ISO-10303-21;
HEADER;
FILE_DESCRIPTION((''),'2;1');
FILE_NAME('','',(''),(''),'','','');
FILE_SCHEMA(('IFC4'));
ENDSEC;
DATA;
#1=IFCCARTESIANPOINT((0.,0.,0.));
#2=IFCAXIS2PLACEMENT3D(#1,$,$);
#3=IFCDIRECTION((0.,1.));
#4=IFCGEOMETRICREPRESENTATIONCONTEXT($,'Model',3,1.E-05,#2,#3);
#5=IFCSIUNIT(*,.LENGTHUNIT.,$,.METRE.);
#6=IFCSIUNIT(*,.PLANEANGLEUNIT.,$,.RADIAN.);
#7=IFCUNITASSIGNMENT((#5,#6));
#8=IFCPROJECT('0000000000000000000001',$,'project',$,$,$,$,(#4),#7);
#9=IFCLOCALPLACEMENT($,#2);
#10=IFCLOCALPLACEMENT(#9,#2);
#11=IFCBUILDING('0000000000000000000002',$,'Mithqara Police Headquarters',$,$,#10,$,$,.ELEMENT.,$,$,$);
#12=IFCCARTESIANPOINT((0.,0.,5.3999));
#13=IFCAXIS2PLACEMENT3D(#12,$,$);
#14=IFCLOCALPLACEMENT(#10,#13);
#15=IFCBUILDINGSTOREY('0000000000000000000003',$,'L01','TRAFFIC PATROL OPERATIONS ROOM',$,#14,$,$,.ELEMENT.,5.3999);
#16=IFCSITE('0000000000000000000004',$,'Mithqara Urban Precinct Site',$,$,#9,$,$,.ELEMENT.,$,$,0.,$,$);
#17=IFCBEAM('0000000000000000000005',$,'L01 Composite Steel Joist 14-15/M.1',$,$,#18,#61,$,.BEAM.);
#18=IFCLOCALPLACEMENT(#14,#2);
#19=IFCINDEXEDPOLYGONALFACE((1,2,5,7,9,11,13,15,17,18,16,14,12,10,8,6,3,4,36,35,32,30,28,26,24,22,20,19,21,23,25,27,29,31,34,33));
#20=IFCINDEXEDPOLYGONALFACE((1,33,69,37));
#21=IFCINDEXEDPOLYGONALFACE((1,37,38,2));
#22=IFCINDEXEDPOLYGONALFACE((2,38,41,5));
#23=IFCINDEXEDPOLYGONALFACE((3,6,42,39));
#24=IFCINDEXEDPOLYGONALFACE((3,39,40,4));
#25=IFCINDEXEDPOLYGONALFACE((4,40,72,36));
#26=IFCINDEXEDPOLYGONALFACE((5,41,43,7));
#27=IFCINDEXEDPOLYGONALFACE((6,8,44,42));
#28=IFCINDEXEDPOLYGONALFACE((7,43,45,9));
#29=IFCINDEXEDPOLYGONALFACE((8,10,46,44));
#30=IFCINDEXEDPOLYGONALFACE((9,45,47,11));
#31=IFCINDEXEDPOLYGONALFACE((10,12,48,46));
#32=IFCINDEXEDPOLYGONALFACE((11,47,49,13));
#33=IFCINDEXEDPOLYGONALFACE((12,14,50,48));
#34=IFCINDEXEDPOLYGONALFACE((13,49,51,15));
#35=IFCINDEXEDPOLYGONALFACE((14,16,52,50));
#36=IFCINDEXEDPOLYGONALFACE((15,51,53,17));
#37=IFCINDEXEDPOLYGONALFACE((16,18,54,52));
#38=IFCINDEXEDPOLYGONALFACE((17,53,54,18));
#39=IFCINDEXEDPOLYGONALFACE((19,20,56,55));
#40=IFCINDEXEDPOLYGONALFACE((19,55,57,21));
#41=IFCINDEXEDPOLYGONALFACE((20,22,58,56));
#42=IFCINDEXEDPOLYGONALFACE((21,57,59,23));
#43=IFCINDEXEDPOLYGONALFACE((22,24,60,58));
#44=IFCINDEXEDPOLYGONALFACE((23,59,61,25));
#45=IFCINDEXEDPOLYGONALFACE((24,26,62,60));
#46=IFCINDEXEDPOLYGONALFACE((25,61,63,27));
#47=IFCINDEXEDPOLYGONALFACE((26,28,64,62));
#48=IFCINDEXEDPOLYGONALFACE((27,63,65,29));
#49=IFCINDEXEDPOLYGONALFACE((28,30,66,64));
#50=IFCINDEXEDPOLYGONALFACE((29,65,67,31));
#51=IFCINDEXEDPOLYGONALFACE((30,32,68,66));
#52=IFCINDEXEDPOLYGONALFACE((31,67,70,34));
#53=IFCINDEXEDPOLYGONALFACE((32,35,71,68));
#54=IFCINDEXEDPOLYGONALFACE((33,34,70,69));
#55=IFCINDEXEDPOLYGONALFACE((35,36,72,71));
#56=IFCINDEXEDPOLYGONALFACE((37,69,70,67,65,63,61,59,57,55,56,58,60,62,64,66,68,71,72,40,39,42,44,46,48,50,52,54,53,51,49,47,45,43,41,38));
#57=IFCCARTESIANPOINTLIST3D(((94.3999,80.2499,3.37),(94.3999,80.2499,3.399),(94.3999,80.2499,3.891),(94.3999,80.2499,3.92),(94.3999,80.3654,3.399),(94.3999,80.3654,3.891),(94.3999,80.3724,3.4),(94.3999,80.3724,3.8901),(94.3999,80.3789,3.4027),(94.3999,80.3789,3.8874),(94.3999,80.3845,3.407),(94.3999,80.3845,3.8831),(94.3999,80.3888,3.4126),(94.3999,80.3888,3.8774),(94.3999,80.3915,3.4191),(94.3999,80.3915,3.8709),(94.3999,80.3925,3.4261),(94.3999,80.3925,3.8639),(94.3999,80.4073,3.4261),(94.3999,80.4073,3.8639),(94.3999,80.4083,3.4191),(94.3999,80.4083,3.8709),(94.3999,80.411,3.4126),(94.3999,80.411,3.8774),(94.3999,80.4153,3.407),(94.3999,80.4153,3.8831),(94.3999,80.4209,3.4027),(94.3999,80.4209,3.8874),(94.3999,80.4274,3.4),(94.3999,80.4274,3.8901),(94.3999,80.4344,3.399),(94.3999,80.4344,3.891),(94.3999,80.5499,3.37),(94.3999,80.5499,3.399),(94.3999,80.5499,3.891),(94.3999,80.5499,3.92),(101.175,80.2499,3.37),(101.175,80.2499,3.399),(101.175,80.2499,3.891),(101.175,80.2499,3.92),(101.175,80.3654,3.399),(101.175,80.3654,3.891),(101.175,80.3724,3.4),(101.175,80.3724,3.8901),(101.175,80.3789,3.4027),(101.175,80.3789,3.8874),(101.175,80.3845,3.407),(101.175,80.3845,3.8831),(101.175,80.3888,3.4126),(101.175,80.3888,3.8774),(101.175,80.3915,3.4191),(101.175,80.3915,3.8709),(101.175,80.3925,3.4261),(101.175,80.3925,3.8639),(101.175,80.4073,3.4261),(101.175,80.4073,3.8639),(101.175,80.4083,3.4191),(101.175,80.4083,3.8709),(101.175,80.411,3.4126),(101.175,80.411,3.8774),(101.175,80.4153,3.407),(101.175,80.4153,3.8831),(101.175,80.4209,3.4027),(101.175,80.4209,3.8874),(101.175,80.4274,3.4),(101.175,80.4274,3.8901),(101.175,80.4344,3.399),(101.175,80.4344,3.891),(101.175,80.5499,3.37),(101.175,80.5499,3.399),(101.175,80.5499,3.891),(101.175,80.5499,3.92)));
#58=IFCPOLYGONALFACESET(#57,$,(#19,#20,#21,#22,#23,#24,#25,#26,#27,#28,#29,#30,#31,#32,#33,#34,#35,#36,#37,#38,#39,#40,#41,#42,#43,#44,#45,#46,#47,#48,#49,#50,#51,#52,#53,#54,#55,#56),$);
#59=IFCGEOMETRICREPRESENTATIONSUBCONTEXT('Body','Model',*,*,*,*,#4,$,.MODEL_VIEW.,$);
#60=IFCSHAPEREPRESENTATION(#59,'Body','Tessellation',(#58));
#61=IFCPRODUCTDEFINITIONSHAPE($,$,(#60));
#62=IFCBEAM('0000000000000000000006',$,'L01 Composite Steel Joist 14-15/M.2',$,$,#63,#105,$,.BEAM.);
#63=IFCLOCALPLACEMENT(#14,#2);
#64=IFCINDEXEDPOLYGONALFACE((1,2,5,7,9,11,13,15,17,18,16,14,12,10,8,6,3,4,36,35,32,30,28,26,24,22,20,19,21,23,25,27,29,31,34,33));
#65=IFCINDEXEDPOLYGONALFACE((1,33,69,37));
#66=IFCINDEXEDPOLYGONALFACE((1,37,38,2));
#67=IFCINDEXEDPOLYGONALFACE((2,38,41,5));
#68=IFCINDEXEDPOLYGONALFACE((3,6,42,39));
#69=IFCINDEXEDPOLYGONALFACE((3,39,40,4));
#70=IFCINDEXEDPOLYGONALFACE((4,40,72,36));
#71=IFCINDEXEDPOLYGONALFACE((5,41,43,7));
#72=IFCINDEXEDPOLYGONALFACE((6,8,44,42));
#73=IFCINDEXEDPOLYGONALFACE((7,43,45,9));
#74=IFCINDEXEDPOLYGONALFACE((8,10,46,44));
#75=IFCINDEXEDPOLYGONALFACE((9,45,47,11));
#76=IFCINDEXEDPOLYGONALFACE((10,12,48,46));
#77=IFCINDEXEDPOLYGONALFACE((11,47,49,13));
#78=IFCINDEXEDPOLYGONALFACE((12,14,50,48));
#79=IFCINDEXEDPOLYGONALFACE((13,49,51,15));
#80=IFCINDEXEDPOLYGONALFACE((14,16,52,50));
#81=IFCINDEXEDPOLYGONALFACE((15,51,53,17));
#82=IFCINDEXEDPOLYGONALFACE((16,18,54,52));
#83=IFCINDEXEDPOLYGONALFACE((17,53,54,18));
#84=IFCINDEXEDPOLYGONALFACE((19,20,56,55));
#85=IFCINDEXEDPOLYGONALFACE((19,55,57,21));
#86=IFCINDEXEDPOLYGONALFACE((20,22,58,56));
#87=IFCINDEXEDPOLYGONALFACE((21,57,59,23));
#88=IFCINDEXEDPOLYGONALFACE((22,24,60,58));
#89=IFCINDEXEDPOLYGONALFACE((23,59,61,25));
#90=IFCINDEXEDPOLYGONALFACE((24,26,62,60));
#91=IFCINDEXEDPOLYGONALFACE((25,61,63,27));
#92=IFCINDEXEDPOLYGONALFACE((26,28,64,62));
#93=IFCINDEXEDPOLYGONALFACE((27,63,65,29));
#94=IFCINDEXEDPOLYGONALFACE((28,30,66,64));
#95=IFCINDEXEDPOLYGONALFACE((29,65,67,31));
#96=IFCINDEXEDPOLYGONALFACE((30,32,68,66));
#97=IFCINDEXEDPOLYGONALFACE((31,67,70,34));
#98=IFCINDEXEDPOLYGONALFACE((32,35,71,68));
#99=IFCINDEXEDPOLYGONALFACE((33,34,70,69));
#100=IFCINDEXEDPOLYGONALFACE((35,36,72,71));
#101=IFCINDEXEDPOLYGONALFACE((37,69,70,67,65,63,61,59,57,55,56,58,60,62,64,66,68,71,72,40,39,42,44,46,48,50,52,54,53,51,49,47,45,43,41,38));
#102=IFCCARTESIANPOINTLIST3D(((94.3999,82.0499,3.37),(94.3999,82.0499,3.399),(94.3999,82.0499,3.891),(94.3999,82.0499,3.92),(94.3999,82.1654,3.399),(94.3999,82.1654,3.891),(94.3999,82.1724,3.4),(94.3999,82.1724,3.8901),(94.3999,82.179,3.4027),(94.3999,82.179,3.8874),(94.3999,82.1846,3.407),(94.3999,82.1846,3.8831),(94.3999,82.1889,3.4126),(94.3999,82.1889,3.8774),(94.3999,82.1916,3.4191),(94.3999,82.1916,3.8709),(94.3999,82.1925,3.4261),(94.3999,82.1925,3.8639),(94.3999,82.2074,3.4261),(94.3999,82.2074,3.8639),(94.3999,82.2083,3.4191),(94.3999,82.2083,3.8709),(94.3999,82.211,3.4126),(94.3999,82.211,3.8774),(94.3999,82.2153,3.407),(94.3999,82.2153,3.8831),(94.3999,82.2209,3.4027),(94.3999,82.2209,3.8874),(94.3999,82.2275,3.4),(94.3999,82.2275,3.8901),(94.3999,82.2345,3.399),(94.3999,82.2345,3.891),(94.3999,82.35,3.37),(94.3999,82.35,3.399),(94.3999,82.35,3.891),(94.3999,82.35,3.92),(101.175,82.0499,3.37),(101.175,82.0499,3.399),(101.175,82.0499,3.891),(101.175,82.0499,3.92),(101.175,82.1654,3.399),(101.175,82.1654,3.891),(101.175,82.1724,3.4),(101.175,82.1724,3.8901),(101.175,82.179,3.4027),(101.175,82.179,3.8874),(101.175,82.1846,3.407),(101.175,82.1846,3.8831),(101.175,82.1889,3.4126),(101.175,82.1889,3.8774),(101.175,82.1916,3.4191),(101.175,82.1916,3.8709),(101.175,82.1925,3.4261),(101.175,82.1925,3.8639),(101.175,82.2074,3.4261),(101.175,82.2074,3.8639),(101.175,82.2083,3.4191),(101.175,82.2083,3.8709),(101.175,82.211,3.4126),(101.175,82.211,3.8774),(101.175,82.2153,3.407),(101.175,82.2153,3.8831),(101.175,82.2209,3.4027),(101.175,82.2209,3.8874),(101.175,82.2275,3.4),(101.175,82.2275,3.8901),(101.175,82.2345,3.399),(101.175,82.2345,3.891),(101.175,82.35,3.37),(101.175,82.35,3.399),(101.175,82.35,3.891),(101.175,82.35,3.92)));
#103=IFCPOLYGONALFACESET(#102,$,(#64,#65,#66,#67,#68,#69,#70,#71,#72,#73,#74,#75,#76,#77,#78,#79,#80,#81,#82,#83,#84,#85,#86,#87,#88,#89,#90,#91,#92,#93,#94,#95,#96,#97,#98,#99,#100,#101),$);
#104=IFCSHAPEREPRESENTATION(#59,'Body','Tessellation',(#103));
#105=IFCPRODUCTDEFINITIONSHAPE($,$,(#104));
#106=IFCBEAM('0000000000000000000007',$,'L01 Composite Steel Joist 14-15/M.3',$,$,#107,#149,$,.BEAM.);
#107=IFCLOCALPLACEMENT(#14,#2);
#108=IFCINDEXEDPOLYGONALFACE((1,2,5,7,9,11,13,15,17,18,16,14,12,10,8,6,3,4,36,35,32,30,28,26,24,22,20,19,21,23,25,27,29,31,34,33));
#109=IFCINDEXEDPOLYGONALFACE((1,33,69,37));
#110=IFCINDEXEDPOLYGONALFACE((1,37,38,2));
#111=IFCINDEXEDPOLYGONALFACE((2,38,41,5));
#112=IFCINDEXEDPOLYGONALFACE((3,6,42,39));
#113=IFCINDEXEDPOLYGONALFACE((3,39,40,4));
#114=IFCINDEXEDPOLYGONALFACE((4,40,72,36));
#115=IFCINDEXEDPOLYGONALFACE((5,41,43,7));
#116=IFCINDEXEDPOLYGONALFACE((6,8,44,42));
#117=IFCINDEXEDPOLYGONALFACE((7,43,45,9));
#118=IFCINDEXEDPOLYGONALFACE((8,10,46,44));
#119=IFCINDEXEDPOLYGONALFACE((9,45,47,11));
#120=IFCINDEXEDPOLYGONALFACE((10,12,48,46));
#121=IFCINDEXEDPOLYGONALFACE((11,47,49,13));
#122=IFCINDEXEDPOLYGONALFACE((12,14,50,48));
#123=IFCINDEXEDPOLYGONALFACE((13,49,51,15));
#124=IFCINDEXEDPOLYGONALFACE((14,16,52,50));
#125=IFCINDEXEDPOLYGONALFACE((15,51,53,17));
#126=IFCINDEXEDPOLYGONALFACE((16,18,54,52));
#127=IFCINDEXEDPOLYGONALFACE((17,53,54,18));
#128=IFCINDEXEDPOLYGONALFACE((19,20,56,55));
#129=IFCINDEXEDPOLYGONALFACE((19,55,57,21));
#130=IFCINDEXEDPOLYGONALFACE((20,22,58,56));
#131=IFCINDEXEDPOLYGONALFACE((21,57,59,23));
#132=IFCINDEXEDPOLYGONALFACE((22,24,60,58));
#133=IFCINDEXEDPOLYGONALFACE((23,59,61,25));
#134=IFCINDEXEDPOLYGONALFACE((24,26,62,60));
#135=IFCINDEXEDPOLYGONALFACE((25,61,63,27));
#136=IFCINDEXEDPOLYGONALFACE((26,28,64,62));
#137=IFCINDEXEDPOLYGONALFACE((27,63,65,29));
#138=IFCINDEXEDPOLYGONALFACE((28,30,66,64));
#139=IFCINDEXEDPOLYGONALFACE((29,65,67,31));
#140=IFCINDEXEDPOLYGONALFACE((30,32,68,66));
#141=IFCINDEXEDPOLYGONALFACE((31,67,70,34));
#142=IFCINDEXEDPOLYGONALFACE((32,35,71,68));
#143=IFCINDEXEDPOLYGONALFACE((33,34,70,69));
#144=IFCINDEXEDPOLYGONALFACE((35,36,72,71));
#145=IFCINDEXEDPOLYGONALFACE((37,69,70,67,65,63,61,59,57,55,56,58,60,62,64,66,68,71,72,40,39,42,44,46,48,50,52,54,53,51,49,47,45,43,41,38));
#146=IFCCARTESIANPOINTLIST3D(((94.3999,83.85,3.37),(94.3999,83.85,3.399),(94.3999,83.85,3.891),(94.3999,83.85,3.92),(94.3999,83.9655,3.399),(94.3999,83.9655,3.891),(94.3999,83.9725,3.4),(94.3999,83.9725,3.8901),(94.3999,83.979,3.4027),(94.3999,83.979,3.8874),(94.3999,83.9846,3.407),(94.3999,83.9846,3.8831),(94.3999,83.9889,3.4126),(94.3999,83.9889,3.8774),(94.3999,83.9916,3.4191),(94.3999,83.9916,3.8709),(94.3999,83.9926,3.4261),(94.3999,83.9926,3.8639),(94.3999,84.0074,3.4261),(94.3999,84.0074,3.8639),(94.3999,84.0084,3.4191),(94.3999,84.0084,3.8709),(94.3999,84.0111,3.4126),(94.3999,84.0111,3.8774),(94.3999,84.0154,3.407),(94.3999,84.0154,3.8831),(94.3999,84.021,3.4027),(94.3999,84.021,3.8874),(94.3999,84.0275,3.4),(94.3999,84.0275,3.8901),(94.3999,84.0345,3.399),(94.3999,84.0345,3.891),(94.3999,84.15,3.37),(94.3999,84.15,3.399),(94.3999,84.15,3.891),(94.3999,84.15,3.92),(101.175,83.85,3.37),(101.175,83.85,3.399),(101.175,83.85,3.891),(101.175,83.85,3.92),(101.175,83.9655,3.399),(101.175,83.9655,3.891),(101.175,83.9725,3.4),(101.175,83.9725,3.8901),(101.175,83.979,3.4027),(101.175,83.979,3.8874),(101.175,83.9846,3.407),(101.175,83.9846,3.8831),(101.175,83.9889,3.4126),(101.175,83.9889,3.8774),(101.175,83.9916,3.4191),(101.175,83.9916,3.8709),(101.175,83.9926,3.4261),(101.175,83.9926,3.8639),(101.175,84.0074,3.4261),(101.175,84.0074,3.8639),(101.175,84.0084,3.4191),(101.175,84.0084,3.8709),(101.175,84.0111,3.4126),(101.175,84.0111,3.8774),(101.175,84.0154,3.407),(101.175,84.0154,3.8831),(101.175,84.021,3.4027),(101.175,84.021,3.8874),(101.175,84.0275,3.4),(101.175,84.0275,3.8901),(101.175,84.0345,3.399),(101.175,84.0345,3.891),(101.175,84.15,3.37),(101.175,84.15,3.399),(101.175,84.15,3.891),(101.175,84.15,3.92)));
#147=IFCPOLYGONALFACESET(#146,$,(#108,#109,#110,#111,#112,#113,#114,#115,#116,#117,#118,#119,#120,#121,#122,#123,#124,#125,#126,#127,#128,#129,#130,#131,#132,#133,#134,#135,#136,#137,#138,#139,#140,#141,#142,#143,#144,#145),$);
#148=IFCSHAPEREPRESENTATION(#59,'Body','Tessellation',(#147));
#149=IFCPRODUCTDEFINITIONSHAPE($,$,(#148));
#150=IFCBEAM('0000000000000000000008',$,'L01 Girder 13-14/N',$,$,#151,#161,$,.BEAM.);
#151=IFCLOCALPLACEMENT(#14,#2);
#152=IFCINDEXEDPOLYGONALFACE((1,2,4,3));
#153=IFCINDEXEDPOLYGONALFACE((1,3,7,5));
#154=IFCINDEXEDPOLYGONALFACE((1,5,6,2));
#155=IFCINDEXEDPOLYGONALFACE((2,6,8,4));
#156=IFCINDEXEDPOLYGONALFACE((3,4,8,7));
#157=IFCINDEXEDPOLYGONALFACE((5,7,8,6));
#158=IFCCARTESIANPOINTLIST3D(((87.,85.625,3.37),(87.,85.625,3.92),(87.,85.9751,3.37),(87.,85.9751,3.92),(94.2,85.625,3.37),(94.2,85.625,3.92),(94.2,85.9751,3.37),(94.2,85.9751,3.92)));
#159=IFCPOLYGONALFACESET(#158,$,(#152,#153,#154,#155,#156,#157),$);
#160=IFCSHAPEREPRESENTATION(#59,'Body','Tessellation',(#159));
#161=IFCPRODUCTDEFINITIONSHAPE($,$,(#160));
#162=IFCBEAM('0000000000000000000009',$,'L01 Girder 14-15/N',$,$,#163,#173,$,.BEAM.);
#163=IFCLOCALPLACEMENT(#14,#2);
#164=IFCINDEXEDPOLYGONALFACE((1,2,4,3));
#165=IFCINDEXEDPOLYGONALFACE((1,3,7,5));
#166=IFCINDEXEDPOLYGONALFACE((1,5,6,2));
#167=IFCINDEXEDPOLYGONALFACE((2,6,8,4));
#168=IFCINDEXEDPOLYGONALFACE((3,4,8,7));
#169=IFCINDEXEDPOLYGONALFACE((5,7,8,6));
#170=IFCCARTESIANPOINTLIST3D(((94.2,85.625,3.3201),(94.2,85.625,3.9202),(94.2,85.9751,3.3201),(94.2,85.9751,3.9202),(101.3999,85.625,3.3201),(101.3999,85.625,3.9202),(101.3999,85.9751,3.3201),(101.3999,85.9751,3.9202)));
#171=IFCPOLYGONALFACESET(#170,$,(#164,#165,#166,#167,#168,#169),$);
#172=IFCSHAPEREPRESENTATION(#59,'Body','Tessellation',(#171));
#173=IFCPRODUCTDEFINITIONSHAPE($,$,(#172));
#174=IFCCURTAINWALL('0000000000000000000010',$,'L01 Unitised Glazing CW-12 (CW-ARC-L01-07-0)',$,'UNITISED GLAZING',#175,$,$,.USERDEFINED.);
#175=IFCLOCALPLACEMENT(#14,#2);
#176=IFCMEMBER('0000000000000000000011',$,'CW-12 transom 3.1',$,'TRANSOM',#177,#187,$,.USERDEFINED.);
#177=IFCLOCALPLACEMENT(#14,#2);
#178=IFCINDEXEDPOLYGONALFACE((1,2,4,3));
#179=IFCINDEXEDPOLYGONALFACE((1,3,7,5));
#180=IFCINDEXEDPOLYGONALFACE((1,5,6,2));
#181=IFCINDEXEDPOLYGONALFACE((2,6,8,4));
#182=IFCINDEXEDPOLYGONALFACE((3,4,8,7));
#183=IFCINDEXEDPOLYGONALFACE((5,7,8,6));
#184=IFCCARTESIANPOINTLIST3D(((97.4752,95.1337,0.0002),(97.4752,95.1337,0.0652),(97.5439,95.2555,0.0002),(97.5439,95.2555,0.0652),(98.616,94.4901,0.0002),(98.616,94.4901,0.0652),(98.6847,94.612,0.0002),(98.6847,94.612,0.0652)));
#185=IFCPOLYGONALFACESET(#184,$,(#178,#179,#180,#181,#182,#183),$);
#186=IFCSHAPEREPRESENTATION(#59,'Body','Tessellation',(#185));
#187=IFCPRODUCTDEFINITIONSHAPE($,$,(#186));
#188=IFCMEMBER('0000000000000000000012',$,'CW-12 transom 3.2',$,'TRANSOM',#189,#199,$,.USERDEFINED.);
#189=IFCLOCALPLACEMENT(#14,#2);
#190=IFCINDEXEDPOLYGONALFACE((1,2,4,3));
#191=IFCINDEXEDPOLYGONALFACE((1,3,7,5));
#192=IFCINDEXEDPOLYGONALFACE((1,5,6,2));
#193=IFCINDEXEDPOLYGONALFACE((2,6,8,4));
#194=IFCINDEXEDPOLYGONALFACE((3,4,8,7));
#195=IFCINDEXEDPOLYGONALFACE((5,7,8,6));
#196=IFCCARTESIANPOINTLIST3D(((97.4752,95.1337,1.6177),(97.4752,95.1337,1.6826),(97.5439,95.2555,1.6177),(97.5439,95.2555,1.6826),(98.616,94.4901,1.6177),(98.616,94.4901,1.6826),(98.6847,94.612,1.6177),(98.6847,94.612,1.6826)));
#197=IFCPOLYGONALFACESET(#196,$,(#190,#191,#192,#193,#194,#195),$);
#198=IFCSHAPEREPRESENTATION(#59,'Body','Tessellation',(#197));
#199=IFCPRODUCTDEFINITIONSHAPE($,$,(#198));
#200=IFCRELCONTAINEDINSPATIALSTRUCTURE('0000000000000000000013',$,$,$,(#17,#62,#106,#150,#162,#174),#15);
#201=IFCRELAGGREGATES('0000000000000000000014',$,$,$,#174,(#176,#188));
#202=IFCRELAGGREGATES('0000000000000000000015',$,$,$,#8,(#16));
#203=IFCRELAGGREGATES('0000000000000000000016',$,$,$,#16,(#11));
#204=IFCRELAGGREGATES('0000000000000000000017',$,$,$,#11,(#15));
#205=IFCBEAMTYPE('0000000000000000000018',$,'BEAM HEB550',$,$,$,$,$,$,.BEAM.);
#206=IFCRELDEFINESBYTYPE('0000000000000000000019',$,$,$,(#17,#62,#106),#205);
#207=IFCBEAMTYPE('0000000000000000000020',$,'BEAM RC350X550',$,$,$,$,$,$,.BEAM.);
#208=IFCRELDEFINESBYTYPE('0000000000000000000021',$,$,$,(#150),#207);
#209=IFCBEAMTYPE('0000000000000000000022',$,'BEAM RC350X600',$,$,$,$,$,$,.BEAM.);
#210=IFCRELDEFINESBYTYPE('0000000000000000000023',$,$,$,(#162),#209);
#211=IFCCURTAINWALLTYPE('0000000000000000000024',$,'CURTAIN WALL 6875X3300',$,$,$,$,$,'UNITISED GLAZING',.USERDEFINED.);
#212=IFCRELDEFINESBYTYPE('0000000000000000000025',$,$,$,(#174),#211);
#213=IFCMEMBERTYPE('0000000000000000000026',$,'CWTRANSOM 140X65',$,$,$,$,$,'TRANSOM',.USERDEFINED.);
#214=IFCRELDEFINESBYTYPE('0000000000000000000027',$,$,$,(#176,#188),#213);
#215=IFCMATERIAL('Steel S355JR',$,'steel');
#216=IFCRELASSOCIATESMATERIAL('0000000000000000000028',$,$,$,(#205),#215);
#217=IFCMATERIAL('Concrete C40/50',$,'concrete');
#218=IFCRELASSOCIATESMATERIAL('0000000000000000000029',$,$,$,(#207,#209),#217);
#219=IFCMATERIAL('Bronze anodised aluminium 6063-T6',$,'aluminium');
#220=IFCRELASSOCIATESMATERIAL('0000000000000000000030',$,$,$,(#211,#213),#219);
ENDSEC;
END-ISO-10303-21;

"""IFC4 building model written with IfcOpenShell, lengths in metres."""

from ifc_helpers import new_model, si_unit, direction, frame, origin, origin_2d, place, context, subcontext, project, spatial, rectangle, i_section, extrude, material, material_profile, profile_set, type_object, element, aggregate, save


model = new_model("IFC4")

# Units and contexts
model_context = context("Model", 3, precision=1e-05, world=origin(), true_north=direction((0.0, 1.0)))
body_context = subcontext(model_context, "Body", "Model", "MODEL_VIEW")
ifc_project = project(units=[si_unit("LENGTHUNIT", "METRE"), si_unit("PLANEANGLEUNIT", "RADIAN")], contexts=[model_context])

# Site, building, storey
site_placement = place(None, origin())
site = spatial("IfcSite", under=ifc_project, at=site_placement, Name="Mithqara Urban Precinct Site", CompositionType="ELEMENT", RefElevation=0.0)
building_placement = place(site_placement, origin())
building = spatial("IfcBuilding", under=site, at=building_placement, Name="Mithqara Police Headquarters", CompositionType="ELEMENT")
storey_placement = place(building_placement, frame((0.0, 0.0, 5.3999)))
storey = spatial("IfcBuildingStorey", under=building, at=storey_placement, Name="L01", Description="TRAFFIC PATROL OPERATIONS ROOM", CompositionType="ELEMENT", Elevation=5.3999)

# Beams
ifc_material_1 = material(Name="Steel S355JR", Category="steel")
ifc_material_profile_1 = material_profile(ifc_material_1, i_section(OverallWidth=0.3, OverallDepth=0.55, WebThickness=0.0149, FlangeThickness=0.0291, FilletRadius=0.0271, at=origin_2d()), Name="HEB 550")
ifc_profile_set_1 = profile_set([ifc_material_profile_1], Name="Steel S355JR")
beam_type_1 = type_object("IfcBeamType", Name="BEAM HEB550", PredefinedType="BEAM", material=ifc_profile_set_1)
for number, where, z_axis, x_axis, name in (
    (1, (94.3999, 80.3999, 3.645), (1.0, 0.0, 0.0), (0.0, 1.0, 0.0), "L01 Composite Steel Joist 14-15/M.1"),
    (2, (94.3999, 82.2, 3.645), (1.0, 0.0, 0.0), (0.0, 1.0, 0.0), "L01 Composite Steel Joist 14-15/M.2"),
    (3, (94.3999, 84.0, 3.645), (1.0, 0.0, 0.0), (0.0, 1.0, 0.0), "L01 Composite Steel Joist 14-15/M.3"),
):
    element("IfcBeam", number, at=place(storey_placement, frame(where, z_axis=z_axis, x_axis=x_axis)), inside=storey, type_object=beam_type_1, Name=name, PredefinedType="BEAM", context=body_context, shape_type="SweptSolid", body=[
        extrude(i_section(OverallWidth=0.3, OverallDepth=0.55, WebThickness=0.0149, FlangeThickness=0.0291, FilletRadius=0.0271, at=origin_2d()), origin(), (0.0, 0.0, 1.0), 6.7751),
    ])
ifc_material_2 = material(Name="Concrete C40/50", Category="concrete")
ifc_material_profile_2 = material_profile(ifc_material_2, rectangle(XDim=0.3501, YDim=0.55, at=origin_2d()), Name="RC 350x550")
ifc_profile_set_2 = profile_set([ifc_material_profile_2], Name="Concrete C40/50")
beam_type_2 = type_object("IfcBeamType", Name="BEAM RC350X550", PredefinedType="BEAM", material=ifc_profile_set_2)
beam_1_placement = place(storey_placement, frame((87.0, 85.8, 3.645), z_axis=(1.0, 0.0, 0.0), x_axis=(0.0, 1.0, 0.0)))
element("IfcBeam", 4, at=beam_1_placement, inside=storey, type_object=beam_type_2, Name="L01 Girder 13-14/N", PredefinedType="BEAM", context=body_context, shape_type="SweptSolid", body=[
    extrude(rectangle(XDim=0.3501, YDim=0.55, at=origin_2d()), origin(), (0.0, 0.0, 1.0), 7.2),
])
ifc_material_profile_3 = material_profile(ifc_material_2, rectangle(XDim=0.3501, YDim=0.6001, at=origin_2d()), Name="RC 350x600")
ifc_profile_set_3 = profile_set([ifc_material_profile_3], Name="Concrete C40/50")
beam_type_3 = type_object("IfcBeamType", Name="BEAM RC350X600", PredefinedType="BEAM", material=ifc_profile_set_3)
beam_2_placement = place(storey_placement, frame((94.2, 85.8, 3.6201), z_axis=(1.0, 0.0, 0.0), x_axis=(0.0, 1.0, 0.0)))
element("IfcBeam", 5, at=beam_2_placement, inside=storey, type_object=beam_type_3, Name="L01 Girder 14-15/N", PredefinedType="BEAM", context=body_context, shape_type="SweptSolid", body=[
    extrude(rectangle(XDim=0.3501, YDim=0.6001, at=origin_2d()), origin(), (0.0, 0.0, 1.0), 7.2),
])

# Curtain wall, members
ifc_material_3 = material(Name="Bronze anodised aluminium 6063-T6", Category="aluminium")
curtain_wall_type = type_object("IfcCurtainWallType", Name="CURTAIN WALL 6875X3300", ElementType="UNITISED GLAZING", PredefinedType="USERDEFINED", material=ifc_material_3)
curtain_wall_placement = place(storey_placement, origin())
curtain_wall = element("IfcCurtainWall", 6, at=curtain_wall_placement, inside=storey, type_object=curtain_wall_type, Name="L01 Unitised Glazing CW-12 (CW-ARC-L01-07-0)", ObjectType="UNITISED GLAZING", PredefinedType="USERDEFINED")
ifc_material_profile_4 = material_profile(ifc_material_3, rectangle(XDim=0.1399, YDim=0.0649, at=origin_2d()), Name="CWT 140x65")
ifc_profile_set_4 = profile_set([ifc_material_profile_4], Name="Bronze anodised aluminium 6063-T6")
member_type_1 = type_object("IfcMemberType", Name="CWTRANSOM 140X65", ElementType="TRANSOM", PredefinedType="USERDEFINED", material=ifc_profile_set_4)
member_1_placement = place(storey_placement, frame((97.5095, 95.1946, 0.0327), z_axis=(0.870983, -0.491314, 0.0), x_axis=(0.491314, 0.870983, 0.0)))
member_1 = element("IfcMember", 7, at=member_1_placement, type_object=member_type_1, Name="CW-12 transom 3.1", ObjectType="TRANSOM", PredefinedType="USERDEFINED", context=body_context, shape_type="SweptSolid", body=[
    extrude(rectangle(XDim=0.1399, YDim=0.0649, at=origin_2d()), origin(), (0.0, 0.0, 1.0), 1.3098),
])
member_2_placement = place(storey_placement, frame((97.5095, 95.1946, 1.6501), z_axis=(0.870983, -0.491314, 0.0), x_axis=(0.491314, 0.870983, 0.0)))
member_2 = element("IfcMember", 8, at=member_2_placement, type_object=member_type_1, Name="CW-12 transom 3.2", ObjectType="TRANSOM", PredefinedType="USERDEFINED", context=body_context, shape_type="SweptSolid", body=[
    extrude(rectangle(XDim=0.1399, YDim=0.0649, at=origin_2d()), origin(), (0.0, 0.0, 1.0), 1.3098),
])
aggregate(curtain_wall, [member_1, member_2])

save(model, "model.ifc")
